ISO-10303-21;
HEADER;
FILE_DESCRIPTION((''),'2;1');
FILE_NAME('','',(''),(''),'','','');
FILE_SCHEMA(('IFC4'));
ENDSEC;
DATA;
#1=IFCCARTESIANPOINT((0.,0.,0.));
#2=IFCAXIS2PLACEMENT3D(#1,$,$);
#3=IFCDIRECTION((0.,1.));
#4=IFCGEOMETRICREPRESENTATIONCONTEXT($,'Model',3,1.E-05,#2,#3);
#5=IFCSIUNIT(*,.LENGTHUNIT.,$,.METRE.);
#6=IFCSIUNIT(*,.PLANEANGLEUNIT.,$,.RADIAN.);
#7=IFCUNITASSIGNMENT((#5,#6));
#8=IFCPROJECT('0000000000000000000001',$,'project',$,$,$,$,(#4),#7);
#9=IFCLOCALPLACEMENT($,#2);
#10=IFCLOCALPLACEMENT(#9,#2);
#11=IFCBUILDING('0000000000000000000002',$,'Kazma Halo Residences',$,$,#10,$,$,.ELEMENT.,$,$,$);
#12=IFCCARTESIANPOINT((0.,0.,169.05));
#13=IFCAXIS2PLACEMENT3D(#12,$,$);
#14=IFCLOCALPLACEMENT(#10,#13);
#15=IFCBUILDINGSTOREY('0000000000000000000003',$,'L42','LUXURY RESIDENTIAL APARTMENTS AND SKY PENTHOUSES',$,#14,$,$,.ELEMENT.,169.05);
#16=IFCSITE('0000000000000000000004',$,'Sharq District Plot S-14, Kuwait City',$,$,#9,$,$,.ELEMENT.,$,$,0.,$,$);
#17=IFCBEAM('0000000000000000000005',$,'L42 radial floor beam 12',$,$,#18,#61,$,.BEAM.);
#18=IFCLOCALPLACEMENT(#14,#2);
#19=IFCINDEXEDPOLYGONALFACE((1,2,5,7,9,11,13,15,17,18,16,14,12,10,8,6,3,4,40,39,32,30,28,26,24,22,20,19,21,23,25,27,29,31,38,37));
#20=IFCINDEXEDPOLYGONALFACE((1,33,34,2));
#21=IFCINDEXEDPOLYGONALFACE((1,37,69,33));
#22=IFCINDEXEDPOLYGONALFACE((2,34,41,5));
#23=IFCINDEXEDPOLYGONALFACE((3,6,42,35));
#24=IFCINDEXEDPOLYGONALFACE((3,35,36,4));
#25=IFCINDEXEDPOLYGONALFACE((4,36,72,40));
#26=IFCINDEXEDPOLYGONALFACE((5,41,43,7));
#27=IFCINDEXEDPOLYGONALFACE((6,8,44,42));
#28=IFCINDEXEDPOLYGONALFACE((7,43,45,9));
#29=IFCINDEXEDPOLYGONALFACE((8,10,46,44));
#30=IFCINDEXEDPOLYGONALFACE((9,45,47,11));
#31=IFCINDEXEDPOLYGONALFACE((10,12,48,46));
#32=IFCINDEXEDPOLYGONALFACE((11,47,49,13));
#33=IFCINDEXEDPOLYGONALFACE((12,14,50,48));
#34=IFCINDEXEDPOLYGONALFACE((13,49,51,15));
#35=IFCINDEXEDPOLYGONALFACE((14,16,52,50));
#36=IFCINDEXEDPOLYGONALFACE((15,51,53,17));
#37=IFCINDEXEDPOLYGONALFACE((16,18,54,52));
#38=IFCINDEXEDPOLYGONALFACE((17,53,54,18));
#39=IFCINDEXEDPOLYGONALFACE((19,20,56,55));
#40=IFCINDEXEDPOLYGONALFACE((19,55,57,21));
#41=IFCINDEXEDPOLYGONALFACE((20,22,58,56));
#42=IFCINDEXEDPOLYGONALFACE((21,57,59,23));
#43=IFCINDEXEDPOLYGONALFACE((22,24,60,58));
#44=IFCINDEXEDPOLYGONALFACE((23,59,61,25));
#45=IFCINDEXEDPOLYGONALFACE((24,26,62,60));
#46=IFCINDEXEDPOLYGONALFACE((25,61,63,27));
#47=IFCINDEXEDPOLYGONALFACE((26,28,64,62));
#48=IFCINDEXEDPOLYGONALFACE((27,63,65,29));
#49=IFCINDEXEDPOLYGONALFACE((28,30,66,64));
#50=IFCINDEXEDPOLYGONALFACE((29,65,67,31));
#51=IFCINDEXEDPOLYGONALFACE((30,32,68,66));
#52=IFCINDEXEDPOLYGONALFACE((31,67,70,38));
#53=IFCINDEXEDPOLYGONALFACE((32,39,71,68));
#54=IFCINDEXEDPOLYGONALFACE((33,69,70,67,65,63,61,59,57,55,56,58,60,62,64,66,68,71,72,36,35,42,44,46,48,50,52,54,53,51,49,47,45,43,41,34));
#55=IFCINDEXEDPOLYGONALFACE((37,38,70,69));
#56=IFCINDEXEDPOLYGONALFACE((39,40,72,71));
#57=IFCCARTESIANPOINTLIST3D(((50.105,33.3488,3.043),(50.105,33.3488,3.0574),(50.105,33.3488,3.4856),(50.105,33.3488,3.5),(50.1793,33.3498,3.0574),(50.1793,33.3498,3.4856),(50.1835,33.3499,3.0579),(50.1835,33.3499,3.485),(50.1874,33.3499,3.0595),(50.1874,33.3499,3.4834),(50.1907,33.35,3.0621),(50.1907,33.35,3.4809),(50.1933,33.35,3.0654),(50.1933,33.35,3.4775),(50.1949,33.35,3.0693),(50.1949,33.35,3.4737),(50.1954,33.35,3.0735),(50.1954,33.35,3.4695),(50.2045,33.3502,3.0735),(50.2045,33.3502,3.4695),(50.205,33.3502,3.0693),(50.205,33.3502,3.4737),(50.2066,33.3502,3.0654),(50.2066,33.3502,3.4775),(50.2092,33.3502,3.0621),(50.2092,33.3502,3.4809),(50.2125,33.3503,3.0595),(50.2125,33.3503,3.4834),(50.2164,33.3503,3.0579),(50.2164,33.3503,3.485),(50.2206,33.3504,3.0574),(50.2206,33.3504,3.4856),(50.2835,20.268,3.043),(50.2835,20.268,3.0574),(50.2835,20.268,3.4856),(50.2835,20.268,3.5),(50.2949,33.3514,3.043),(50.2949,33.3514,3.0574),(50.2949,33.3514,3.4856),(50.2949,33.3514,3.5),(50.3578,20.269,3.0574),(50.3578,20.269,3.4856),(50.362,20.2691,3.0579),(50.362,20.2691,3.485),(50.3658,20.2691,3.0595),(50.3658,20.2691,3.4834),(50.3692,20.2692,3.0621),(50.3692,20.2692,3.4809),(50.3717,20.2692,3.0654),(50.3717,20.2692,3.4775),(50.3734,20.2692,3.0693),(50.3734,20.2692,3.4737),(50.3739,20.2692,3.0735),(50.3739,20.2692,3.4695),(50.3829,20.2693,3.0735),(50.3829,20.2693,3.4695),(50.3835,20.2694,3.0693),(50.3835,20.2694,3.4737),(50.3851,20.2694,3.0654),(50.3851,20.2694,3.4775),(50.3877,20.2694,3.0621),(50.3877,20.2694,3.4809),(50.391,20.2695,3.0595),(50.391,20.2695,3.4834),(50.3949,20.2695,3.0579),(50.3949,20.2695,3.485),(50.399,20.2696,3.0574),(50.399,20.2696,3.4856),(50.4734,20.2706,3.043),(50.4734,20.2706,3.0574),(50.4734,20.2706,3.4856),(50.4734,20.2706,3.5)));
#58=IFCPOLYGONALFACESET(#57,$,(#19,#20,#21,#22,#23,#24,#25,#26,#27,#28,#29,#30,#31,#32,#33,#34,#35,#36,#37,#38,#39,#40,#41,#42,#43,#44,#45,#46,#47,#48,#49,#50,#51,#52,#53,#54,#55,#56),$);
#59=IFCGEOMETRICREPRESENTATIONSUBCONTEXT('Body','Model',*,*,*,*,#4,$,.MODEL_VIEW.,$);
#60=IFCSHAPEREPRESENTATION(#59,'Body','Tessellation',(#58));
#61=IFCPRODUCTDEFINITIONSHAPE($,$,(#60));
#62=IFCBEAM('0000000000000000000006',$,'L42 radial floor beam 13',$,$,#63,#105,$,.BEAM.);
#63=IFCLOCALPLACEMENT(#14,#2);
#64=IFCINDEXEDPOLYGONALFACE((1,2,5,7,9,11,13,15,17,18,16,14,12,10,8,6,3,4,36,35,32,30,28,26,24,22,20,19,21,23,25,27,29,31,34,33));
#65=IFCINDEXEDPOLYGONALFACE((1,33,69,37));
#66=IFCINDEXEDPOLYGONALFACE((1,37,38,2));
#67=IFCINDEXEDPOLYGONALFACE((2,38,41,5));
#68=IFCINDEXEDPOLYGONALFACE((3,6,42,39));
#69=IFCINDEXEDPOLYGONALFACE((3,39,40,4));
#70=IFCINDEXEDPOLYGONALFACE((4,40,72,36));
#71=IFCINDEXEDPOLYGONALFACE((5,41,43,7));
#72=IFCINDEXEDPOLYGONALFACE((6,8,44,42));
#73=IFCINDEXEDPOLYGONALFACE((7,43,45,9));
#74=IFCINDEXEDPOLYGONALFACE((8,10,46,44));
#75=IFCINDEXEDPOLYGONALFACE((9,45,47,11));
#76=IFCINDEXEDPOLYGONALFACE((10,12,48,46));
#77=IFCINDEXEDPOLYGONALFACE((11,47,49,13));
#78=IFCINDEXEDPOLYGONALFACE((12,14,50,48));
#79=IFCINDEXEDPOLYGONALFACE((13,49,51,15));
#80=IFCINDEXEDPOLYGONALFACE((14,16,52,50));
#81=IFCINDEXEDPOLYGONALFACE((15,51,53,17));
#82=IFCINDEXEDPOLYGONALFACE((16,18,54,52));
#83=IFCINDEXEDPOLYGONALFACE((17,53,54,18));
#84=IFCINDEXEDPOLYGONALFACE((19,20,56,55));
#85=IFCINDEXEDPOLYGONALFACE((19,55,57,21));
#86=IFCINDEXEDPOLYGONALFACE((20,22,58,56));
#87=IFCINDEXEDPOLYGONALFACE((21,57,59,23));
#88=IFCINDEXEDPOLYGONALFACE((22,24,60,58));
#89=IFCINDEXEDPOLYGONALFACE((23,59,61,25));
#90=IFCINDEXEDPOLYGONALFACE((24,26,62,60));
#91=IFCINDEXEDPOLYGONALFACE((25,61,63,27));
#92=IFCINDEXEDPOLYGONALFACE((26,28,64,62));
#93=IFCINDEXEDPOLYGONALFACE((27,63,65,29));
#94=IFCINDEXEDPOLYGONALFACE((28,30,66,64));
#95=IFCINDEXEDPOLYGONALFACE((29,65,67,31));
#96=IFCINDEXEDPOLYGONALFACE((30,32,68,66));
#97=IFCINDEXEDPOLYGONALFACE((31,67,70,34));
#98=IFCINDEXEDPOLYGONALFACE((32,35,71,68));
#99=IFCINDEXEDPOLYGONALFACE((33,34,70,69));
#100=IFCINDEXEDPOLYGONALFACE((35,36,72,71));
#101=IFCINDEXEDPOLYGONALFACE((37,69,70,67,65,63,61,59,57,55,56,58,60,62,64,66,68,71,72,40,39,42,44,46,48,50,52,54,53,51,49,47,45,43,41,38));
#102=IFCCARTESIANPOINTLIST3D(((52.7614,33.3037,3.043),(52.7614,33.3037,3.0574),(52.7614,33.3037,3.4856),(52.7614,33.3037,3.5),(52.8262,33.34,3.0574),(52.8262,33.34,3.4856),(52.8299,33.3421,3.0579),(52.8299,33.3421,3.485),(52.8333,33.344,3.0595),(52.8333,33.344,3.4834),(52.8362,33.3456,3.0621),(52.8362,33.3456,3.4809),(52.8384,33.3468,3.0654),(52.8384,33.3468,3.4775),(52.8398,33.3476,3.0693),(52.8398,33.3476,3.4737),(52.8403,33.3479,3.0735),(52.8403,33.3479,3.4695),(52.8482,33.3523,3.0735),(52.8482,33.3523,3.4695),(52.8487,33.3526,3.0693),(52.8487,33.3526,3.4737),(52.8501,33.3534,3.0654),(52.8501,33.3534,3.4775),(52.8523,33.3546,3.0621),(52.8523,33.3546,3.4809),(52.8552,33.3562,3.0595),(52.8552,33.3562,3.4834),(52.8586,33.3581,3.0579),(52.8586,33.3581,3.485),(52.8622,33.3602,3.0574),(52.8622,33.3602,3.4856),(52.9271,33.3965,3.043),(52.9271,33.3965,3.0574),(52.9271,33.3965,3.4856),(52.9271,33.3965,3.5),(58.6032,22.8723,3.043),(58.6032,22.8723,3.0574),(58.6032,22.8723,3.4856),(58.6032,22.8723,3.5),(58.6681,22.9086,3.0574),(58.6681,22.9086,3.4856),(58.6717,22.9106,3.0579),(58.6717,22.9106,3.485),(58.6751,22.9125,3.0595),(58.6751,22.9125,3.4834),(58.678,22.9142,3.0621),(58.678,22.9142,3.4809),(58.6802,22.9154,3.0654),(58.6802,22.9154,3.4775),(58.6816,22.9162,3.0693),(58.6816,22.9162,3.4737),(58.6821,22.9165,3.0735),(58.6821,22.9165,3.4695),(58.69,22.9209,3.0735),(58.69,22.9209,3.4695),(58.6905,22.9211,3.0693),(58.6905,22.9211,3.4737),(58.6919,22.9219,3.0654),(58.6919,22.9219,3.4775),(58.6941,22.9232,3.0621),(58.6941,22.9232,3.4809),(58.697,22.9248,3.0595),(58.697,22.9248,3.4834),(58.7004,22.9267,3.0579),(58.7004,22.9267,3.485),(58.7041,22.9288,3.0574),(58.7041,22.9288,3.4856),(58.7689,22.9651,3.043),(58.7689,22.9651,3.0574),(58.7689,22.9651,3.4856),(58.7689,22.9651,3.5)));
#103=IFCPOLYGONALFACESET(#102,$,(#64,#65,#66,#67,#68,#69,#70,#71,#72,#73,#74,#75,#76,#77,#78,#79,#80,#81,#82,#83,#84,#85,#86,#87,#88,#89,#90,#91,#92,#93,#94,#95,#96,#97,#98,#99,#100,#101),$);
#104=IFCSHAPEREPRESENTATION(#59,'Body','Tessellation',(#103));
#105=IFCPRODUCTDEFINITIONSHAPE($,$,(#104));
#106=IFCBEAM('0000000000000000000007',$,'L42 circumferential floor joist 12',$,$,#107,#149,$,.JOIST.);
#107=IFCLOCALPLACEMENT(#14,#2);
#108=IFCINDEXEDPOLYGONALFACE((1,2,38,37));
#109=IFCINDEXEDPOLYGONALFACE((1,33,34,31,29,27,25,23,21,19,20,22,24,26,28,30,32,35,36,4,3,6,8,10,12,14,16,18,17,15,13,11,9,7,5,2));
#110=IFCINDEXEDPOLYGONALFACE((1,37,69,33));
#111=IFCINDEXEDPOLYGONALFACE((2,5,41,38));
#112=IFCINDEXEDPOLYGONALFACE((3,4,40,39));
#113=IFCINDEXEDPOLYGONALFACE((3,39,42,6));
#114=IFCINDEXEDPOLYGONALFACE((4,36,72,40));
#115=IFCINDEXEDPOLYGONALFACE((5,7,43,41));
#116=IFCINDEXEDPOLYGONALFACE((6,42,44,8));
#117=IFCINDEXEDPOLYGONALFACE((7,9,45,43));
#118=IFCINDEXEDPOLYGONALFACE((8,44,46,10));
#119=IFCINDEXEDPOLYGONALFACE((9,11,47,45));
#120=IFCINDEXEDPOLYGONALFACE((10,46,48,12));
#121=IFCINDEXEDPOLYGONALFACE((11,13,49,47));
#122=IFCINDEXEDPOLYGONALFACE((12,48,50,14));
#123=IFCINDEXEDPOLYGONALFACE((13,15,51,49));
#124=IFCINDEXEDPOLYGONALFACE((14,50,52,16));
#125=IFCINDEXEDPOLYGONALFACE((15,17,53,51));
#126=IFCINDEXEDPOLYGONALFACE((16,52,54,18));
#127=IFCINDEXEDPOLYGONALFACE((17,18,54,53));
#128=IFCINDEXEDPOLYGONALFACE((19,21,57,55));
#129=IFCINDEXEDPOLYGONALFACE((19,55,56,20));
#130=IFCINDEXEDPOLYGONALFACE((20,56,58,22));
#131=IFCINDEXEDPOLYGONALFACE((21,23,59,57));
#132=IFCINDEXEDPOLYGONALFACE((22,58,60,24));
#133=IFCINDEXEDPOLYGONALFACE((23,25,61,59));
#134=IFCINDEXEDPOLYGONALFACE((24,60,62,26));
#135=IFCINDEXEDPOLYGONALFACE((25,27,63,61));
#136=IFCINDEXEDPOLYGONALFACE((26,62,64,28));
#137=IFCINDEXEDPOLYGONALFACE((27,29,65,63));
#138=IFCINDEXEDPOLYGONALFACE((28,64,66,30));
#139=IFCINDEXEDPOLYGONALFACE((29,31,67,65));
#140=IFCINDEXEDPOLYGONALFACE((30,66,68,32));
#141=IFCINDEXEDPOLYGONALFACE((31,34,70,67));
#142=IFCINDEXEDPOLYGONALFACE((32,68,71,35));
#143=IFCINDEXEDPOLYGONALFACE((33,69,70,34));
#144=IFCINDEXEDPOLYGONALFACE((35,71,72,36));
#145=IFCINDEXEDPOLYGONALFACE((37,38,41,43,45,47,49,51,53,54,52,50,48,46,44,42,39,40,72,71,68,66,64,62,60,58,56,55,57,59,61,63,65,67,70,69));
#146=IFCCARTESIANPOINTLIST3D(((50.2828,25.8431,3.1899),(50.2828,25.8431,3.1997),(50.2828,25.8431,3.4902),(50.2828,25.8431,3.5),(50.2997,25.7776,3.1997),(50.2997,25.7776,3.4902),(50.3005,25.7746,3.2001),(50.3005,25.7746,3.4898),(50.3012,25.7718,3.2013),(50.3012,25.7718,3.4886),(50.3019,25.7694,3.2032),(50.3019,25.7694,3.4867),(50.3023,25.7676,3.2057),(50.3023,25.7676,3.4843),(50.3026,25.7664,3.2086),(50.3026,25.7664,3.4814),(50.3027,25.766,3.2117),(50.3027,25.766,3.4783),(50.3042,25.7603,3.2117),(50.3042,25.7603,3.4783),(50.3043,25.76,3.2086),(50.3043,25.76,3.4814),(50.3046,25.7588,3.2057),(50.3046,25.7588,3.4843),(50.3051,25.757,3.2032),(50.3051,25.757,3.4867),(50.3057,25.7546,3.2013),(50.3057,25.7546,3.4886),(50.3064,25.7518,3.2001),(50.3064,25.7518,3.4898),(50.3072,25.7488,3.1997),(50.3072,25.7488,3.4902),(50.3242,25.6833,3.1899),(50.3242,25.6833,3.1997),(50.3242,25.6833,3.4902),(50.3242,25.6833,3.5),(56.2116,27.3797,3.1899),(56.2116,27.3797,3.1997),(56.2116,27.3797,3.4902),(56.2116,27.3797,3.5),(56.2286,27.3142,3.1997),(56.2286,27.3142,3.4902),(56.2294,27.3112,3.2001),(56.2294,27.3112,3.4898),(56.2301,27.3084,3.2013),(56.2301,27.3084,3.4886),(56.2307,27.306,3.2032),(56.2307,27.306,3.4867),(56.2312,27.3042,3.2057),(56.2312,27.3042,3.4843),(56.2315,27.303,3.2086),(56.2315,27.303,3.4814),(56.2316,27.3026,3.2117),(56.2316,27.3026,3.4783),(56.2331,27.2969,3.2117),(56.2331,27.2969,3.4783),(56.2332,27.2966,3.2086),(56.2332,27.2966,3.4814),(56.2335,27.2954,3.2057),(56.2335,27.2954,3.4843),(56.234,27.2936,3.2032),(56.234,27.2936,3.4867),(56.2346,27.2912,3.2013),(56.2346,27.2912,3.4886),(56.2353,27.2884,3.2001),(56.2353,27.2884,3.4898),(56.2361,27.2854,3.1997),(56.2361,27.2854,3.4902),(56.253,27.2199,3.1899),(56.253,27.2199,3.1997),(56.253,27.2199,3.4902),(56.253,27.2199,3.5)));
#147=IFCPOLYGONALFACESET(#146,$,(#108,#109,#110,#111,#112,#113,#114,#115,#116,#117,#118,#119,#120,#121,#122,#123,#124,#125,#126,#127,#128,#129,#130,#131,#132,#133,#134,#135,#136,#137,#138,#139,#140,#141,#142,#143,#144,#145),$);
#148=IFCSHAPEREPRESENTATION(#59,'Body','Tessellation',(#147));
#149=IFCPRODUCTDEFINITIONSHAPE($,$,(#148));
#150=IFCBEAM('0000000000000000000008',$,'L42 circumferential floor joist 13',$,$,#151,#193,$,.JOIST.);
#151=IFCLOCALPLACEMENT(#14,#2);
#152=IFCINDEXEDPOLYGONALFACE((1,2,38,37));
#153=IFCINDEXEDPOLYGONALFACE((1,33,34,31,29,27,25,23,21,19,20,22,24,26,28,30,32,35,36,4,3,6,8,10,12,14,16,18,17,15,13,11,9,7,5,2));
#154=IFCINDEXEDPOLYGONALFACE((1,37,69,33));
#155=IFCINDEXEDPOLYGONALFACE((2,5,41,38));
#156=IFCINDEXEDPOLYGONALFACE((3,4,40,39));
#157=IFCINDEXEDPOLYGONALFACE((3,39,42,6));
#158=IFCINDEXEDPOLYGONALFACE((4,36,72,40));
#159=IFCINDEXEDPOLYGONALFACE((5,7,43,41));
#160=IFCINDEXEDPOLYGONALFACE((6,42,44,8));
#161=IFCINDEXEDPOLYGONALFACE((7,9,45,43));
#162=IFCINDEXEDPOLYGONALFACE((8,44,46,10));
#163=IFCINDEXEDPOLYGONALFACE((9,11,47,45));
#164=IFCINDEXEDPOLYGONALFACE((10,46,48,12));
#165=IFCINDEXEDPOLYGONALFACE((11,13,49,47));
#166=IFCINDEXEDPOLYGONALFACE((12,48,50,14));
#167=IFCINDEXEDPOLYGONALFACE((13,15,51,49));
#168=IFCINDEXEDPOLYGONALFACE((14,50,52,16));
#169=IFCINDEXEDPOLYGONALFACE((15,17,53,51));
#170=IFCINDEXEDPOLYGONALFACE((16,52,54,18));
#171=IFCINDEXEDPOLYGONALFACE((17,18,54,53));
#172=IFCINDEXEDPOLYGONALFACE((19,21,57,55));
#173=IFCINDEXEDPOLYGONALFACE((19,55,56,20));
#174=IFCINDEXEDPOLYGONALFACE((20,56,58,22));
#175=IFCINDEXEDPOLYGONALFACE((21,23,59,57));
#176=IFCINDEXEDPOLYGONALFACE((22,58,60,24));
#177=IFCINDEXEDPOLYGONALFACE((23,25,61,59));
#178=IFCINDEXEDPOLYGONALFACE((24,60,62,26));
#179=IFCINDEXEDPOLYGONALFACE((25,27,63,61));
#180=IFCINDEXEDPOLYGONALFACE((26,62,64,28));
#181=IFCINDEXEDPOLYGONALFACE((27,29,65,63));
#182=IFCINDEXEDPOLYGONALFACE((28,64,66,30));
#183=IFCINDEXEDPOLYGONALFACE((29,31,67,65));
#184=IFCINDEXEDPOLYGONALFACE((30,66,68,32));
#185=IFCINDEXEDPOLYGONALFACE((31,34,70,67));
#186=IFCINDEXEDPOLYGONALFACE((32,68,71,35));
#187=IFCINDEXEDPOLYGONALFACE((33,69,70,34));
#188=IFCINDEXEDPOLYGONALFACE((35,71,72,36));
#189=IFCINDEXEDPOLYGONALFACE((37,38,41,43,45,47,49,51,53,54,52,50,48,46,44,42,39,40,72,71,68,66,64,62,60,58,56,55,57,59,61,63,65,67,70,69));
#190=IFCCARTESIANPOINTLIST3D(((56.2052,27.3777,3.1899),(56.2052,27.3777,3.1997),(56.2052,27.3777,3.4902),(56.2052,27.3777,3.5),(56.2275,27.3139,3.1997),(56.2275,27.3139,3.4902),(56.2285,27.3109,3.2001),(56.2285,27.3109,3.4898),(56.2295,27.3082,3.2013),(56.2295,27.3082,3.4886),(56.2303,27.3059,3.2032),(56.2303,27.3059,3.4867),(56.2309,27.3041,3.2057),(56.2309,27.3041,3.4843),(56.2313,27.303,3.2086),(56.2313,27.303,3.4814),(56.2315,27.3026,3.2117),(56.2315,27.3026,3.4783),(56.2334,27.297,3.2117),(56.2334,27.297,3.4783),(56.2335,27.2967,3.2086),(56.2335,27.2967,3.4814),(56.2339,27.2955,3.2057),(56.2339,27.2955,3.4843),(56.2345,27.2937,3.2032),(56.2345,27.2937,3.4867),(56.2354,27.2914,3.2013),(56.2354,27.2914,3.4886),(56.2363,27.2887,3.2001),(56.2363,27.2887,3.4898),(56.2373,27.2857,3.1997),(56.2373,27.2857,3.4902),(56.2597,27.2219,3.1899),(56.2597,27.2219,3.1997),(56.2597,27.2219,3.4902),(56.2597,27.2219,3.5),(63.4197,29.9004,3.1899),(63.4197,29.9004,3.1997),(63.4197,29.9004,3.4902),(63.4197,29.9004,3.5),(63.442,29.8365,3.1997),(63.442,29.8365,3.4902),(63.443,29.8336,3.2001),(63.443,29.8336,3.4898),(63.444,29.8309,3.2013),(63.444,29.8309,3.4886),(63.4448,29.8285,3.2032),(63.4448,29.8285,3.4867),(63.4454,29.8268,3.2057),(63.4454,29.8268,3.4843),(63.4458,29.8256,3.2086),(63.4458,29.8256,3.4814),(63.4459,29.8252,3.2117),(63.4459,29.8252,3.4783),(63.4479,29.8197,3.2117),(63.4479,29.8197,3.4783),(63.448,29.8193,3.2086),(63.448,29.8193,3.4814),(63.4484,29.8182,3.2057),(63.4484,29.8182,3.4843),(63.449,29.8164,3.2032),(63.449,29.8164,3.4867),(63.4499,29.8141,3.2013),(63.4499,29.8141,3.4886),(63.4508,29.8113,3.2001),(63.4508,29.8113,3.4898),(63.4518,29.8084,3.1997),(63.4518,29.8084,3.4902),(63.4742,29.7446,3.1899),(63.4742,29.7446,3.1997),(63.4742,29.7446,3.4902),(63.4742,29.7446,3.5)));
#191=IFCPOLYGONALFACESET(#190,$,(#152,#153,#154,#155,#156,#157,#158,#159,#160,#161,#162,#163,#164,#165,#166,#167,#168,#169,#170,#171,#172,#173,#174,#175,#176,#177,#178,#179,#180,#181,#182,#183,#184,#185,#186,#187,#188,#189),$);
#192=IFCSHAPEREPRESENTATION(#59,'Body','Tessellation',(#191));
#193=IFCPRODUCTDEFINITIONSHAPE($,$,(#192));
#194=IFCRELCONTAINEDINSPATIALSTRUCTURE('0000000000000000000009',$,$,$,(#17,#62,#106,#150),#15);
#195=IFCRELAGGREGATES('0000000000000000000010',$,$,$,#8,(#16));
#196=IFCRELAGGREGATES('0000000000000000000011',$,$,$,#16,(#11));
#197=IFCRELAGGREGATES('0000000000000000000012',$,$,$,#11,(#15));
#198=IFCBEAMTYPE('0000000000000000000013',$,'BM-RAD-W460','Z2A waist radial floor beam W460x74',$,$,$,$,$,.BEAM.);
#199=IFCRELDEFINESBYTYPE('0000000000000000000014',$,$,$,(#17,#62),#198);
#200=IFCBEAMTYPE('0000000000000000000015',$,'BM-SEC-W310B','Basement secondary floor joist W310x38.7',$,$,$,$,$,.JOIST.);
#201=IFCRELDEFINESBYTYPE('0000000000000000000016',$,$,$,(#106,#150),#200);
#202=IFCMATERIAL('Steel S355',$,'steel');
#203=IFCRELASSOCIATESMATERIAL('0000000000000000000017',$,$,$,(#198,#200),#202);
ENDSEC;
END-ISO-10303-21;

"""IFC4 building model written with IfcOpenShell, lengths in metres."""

from ifc_helpers import new_model, si_unit, direction, frame, origin, origin_2d, place, context, subcontext, project, spatial, i_section, extrude, material, material_profile, profile_set, type_object, element, save


model = new_model("IFC4")

# Units and contexts
model_context = context("Model", 3, precision=1e-05, world=origin(), true_north=direction((0.0, 1.0)))
body_context = subcontext(model_context, "Body", "Model", "MODEL_VIEW")
ifc_project = project(units=[si_unit("LENGTHUNIT", "METRE"), si_unit("PLANEANGLEUNIT", "RADIAN")], contexts=[model_context])

# Site, building, storey
site_placement = place(None, origin())
site = spatial("IfcSite", under=ifc_project, at=site_placement, Name="Sharq District Plot S-14, Kuwait City", CompositionType="ELEMENT", RefElevation=0.0)
building_placement = place(site_placement, origin())
building = spatial("IfcBuilding", under=site, at=building_placement, Name="Kazma Halo Residences", CompositionType="ELEMENT")
storey_placement = place(building_placement, frame((0.0, 0.0, 169.05)))
storey = spatial("IfcBuildingStorey", under=building, at=storey_placement, Name="L42", Description="LUXURY RESIDENTIAL APARTMENTS AND SKY PENTHOUSES", CompositionType="ELEMENT", Elevation=169.05)

# Beams
ifc_material_1 = material(Name="Steel S355", Category="steel")
ifc_material_profile_1 = material_profile(ifc_material_1, i_section(OverallWidth=0.1899, OverallDepth=0.457, WebThickness=0.009, FlangeThickness=0.0144, FilletRadius=0.0161, at=origin_2d()), Name="W460x74")
ifc_profile_set_1 = profile_set([ifc_material_profile_1], Name="Steel S355")
beam_type_1 = type_object("IfcBeamType", Name="BM-RAD-W460", Description="Z2A waist radial floor beam W460x74", PredefinedType="BEAM", material=ifc_profile_set_1)
beam_1_placement = place(storey_placement, frame((50.2, 33.3501, 3.2715), z_axis=(0.013642, -0.999907, 0.0), x_axis=(0.999907, 0.013642, 0.0)))
element("IfcBeam", 1, at=beam_1_placement, inside=storey, type_object=beam_type_1, Name="L42 radial floor beam 12", PredefinedType="BEAM", context=body_context, shape_type="SweptSolid", body=[
    extrude(i_section(OverallWidth=0.1899, OverallDepth=0.457, WebThickness=0.009, FlangeThickness=0.0144, FilletRadius=0.0161, at=origin_2d()), origin(), (0.0, 0.0, 1.0), 13.082),
])
beam_2_placement = place(storey_placement, frame((52.8442, 33.3501, 3.2715), z_axis=(0.488617, -0.872498, 0.0), x_axis=(0.872498, 0.488617, 0.0)))
element("IfcBeam", 2, at=beam_2_placement, inside=storey, type_object=beam_type_1, Name="L42 radial floor beam 13", PredefinedType="BEAM", context=body_context, shape_type="SweptSolid", body=[
    extrude(i_section(OverallWidth=0.1899, OverallDepth=0.457, WebThickness=0.009, FlangeThickness=0.0144, FilletRadius=0.0161, at=origin_2d()), origin(), (0.0, 0.0, 1.0), 11.9558),
])
ifc_material_profile_2 = material_profile(ifc_material_1, i_section(OverallWidth=0.165, OverallDepth=0.3101, WebThickness=0.0059, FlangeThickness=0.0098, FilletRadius=0.012, at=origin_2d()), Name="W310x38.7")
ifc_profile_set_2 = profile_set([ifc_material_profile_2], Name="Steel S355")
beam_type_2 = type_object("IfcBeamType", Name="BM-SEC-W310B", Description="Basement secondary floor joist W310x38.7", PredefinedType="JOIST", material=ifc_profile_set_2)
beam_3_placement = place(storey_placement, frame((50.3035, 25.7632, 3.345), z_axis=(0.968017, 0.250883, 0.0), x_axis=(-0.250883, 0.968017, 0.0)))
element("IfcBeam", 3, at=beam_3_placement, inside=storey, type_object=beam_type_2, Name="L42 circumferential floor joist 12", PredefinedType="JOIST", context=body_context, shape_type="SweptSolid", body=[
    extrude(i_section(OverallWidth=0.165, OverallDepth=0.3101, WebThickness=0.0059, FlangeThickness=0.0098, FilletRadius=0.012, at=origin_2d()), origin(), (0.0, 0.0, 1.0), 6.1248),
])
beam_4_placement = place(storey_placement, frame((56.2324, 27.2998, 3.345), z_axis=(0.943956, 0.33007, 0.0), x_axis=(-0.33007, 0.943956, 0.0)))
element("IfcBeam", 4, at=beam_4_placement, inside=storey, type_object=beam_type_2, Name="L42 circumferential floor joist 13", PredefinedType="JOIST", context=body_context, shape_type="SweptSolid", body=[
    extrude(i_section(OverallWidth=0.165, OverallDepth=0.3101, WebThickness=0.0059, FlangeThickness=0.0098, FilletRadius=0.012, at=origin_2d()), origin(), (0.0, 0.0, 1.0), 7.6428),
])

save(model, "model.ifc")
